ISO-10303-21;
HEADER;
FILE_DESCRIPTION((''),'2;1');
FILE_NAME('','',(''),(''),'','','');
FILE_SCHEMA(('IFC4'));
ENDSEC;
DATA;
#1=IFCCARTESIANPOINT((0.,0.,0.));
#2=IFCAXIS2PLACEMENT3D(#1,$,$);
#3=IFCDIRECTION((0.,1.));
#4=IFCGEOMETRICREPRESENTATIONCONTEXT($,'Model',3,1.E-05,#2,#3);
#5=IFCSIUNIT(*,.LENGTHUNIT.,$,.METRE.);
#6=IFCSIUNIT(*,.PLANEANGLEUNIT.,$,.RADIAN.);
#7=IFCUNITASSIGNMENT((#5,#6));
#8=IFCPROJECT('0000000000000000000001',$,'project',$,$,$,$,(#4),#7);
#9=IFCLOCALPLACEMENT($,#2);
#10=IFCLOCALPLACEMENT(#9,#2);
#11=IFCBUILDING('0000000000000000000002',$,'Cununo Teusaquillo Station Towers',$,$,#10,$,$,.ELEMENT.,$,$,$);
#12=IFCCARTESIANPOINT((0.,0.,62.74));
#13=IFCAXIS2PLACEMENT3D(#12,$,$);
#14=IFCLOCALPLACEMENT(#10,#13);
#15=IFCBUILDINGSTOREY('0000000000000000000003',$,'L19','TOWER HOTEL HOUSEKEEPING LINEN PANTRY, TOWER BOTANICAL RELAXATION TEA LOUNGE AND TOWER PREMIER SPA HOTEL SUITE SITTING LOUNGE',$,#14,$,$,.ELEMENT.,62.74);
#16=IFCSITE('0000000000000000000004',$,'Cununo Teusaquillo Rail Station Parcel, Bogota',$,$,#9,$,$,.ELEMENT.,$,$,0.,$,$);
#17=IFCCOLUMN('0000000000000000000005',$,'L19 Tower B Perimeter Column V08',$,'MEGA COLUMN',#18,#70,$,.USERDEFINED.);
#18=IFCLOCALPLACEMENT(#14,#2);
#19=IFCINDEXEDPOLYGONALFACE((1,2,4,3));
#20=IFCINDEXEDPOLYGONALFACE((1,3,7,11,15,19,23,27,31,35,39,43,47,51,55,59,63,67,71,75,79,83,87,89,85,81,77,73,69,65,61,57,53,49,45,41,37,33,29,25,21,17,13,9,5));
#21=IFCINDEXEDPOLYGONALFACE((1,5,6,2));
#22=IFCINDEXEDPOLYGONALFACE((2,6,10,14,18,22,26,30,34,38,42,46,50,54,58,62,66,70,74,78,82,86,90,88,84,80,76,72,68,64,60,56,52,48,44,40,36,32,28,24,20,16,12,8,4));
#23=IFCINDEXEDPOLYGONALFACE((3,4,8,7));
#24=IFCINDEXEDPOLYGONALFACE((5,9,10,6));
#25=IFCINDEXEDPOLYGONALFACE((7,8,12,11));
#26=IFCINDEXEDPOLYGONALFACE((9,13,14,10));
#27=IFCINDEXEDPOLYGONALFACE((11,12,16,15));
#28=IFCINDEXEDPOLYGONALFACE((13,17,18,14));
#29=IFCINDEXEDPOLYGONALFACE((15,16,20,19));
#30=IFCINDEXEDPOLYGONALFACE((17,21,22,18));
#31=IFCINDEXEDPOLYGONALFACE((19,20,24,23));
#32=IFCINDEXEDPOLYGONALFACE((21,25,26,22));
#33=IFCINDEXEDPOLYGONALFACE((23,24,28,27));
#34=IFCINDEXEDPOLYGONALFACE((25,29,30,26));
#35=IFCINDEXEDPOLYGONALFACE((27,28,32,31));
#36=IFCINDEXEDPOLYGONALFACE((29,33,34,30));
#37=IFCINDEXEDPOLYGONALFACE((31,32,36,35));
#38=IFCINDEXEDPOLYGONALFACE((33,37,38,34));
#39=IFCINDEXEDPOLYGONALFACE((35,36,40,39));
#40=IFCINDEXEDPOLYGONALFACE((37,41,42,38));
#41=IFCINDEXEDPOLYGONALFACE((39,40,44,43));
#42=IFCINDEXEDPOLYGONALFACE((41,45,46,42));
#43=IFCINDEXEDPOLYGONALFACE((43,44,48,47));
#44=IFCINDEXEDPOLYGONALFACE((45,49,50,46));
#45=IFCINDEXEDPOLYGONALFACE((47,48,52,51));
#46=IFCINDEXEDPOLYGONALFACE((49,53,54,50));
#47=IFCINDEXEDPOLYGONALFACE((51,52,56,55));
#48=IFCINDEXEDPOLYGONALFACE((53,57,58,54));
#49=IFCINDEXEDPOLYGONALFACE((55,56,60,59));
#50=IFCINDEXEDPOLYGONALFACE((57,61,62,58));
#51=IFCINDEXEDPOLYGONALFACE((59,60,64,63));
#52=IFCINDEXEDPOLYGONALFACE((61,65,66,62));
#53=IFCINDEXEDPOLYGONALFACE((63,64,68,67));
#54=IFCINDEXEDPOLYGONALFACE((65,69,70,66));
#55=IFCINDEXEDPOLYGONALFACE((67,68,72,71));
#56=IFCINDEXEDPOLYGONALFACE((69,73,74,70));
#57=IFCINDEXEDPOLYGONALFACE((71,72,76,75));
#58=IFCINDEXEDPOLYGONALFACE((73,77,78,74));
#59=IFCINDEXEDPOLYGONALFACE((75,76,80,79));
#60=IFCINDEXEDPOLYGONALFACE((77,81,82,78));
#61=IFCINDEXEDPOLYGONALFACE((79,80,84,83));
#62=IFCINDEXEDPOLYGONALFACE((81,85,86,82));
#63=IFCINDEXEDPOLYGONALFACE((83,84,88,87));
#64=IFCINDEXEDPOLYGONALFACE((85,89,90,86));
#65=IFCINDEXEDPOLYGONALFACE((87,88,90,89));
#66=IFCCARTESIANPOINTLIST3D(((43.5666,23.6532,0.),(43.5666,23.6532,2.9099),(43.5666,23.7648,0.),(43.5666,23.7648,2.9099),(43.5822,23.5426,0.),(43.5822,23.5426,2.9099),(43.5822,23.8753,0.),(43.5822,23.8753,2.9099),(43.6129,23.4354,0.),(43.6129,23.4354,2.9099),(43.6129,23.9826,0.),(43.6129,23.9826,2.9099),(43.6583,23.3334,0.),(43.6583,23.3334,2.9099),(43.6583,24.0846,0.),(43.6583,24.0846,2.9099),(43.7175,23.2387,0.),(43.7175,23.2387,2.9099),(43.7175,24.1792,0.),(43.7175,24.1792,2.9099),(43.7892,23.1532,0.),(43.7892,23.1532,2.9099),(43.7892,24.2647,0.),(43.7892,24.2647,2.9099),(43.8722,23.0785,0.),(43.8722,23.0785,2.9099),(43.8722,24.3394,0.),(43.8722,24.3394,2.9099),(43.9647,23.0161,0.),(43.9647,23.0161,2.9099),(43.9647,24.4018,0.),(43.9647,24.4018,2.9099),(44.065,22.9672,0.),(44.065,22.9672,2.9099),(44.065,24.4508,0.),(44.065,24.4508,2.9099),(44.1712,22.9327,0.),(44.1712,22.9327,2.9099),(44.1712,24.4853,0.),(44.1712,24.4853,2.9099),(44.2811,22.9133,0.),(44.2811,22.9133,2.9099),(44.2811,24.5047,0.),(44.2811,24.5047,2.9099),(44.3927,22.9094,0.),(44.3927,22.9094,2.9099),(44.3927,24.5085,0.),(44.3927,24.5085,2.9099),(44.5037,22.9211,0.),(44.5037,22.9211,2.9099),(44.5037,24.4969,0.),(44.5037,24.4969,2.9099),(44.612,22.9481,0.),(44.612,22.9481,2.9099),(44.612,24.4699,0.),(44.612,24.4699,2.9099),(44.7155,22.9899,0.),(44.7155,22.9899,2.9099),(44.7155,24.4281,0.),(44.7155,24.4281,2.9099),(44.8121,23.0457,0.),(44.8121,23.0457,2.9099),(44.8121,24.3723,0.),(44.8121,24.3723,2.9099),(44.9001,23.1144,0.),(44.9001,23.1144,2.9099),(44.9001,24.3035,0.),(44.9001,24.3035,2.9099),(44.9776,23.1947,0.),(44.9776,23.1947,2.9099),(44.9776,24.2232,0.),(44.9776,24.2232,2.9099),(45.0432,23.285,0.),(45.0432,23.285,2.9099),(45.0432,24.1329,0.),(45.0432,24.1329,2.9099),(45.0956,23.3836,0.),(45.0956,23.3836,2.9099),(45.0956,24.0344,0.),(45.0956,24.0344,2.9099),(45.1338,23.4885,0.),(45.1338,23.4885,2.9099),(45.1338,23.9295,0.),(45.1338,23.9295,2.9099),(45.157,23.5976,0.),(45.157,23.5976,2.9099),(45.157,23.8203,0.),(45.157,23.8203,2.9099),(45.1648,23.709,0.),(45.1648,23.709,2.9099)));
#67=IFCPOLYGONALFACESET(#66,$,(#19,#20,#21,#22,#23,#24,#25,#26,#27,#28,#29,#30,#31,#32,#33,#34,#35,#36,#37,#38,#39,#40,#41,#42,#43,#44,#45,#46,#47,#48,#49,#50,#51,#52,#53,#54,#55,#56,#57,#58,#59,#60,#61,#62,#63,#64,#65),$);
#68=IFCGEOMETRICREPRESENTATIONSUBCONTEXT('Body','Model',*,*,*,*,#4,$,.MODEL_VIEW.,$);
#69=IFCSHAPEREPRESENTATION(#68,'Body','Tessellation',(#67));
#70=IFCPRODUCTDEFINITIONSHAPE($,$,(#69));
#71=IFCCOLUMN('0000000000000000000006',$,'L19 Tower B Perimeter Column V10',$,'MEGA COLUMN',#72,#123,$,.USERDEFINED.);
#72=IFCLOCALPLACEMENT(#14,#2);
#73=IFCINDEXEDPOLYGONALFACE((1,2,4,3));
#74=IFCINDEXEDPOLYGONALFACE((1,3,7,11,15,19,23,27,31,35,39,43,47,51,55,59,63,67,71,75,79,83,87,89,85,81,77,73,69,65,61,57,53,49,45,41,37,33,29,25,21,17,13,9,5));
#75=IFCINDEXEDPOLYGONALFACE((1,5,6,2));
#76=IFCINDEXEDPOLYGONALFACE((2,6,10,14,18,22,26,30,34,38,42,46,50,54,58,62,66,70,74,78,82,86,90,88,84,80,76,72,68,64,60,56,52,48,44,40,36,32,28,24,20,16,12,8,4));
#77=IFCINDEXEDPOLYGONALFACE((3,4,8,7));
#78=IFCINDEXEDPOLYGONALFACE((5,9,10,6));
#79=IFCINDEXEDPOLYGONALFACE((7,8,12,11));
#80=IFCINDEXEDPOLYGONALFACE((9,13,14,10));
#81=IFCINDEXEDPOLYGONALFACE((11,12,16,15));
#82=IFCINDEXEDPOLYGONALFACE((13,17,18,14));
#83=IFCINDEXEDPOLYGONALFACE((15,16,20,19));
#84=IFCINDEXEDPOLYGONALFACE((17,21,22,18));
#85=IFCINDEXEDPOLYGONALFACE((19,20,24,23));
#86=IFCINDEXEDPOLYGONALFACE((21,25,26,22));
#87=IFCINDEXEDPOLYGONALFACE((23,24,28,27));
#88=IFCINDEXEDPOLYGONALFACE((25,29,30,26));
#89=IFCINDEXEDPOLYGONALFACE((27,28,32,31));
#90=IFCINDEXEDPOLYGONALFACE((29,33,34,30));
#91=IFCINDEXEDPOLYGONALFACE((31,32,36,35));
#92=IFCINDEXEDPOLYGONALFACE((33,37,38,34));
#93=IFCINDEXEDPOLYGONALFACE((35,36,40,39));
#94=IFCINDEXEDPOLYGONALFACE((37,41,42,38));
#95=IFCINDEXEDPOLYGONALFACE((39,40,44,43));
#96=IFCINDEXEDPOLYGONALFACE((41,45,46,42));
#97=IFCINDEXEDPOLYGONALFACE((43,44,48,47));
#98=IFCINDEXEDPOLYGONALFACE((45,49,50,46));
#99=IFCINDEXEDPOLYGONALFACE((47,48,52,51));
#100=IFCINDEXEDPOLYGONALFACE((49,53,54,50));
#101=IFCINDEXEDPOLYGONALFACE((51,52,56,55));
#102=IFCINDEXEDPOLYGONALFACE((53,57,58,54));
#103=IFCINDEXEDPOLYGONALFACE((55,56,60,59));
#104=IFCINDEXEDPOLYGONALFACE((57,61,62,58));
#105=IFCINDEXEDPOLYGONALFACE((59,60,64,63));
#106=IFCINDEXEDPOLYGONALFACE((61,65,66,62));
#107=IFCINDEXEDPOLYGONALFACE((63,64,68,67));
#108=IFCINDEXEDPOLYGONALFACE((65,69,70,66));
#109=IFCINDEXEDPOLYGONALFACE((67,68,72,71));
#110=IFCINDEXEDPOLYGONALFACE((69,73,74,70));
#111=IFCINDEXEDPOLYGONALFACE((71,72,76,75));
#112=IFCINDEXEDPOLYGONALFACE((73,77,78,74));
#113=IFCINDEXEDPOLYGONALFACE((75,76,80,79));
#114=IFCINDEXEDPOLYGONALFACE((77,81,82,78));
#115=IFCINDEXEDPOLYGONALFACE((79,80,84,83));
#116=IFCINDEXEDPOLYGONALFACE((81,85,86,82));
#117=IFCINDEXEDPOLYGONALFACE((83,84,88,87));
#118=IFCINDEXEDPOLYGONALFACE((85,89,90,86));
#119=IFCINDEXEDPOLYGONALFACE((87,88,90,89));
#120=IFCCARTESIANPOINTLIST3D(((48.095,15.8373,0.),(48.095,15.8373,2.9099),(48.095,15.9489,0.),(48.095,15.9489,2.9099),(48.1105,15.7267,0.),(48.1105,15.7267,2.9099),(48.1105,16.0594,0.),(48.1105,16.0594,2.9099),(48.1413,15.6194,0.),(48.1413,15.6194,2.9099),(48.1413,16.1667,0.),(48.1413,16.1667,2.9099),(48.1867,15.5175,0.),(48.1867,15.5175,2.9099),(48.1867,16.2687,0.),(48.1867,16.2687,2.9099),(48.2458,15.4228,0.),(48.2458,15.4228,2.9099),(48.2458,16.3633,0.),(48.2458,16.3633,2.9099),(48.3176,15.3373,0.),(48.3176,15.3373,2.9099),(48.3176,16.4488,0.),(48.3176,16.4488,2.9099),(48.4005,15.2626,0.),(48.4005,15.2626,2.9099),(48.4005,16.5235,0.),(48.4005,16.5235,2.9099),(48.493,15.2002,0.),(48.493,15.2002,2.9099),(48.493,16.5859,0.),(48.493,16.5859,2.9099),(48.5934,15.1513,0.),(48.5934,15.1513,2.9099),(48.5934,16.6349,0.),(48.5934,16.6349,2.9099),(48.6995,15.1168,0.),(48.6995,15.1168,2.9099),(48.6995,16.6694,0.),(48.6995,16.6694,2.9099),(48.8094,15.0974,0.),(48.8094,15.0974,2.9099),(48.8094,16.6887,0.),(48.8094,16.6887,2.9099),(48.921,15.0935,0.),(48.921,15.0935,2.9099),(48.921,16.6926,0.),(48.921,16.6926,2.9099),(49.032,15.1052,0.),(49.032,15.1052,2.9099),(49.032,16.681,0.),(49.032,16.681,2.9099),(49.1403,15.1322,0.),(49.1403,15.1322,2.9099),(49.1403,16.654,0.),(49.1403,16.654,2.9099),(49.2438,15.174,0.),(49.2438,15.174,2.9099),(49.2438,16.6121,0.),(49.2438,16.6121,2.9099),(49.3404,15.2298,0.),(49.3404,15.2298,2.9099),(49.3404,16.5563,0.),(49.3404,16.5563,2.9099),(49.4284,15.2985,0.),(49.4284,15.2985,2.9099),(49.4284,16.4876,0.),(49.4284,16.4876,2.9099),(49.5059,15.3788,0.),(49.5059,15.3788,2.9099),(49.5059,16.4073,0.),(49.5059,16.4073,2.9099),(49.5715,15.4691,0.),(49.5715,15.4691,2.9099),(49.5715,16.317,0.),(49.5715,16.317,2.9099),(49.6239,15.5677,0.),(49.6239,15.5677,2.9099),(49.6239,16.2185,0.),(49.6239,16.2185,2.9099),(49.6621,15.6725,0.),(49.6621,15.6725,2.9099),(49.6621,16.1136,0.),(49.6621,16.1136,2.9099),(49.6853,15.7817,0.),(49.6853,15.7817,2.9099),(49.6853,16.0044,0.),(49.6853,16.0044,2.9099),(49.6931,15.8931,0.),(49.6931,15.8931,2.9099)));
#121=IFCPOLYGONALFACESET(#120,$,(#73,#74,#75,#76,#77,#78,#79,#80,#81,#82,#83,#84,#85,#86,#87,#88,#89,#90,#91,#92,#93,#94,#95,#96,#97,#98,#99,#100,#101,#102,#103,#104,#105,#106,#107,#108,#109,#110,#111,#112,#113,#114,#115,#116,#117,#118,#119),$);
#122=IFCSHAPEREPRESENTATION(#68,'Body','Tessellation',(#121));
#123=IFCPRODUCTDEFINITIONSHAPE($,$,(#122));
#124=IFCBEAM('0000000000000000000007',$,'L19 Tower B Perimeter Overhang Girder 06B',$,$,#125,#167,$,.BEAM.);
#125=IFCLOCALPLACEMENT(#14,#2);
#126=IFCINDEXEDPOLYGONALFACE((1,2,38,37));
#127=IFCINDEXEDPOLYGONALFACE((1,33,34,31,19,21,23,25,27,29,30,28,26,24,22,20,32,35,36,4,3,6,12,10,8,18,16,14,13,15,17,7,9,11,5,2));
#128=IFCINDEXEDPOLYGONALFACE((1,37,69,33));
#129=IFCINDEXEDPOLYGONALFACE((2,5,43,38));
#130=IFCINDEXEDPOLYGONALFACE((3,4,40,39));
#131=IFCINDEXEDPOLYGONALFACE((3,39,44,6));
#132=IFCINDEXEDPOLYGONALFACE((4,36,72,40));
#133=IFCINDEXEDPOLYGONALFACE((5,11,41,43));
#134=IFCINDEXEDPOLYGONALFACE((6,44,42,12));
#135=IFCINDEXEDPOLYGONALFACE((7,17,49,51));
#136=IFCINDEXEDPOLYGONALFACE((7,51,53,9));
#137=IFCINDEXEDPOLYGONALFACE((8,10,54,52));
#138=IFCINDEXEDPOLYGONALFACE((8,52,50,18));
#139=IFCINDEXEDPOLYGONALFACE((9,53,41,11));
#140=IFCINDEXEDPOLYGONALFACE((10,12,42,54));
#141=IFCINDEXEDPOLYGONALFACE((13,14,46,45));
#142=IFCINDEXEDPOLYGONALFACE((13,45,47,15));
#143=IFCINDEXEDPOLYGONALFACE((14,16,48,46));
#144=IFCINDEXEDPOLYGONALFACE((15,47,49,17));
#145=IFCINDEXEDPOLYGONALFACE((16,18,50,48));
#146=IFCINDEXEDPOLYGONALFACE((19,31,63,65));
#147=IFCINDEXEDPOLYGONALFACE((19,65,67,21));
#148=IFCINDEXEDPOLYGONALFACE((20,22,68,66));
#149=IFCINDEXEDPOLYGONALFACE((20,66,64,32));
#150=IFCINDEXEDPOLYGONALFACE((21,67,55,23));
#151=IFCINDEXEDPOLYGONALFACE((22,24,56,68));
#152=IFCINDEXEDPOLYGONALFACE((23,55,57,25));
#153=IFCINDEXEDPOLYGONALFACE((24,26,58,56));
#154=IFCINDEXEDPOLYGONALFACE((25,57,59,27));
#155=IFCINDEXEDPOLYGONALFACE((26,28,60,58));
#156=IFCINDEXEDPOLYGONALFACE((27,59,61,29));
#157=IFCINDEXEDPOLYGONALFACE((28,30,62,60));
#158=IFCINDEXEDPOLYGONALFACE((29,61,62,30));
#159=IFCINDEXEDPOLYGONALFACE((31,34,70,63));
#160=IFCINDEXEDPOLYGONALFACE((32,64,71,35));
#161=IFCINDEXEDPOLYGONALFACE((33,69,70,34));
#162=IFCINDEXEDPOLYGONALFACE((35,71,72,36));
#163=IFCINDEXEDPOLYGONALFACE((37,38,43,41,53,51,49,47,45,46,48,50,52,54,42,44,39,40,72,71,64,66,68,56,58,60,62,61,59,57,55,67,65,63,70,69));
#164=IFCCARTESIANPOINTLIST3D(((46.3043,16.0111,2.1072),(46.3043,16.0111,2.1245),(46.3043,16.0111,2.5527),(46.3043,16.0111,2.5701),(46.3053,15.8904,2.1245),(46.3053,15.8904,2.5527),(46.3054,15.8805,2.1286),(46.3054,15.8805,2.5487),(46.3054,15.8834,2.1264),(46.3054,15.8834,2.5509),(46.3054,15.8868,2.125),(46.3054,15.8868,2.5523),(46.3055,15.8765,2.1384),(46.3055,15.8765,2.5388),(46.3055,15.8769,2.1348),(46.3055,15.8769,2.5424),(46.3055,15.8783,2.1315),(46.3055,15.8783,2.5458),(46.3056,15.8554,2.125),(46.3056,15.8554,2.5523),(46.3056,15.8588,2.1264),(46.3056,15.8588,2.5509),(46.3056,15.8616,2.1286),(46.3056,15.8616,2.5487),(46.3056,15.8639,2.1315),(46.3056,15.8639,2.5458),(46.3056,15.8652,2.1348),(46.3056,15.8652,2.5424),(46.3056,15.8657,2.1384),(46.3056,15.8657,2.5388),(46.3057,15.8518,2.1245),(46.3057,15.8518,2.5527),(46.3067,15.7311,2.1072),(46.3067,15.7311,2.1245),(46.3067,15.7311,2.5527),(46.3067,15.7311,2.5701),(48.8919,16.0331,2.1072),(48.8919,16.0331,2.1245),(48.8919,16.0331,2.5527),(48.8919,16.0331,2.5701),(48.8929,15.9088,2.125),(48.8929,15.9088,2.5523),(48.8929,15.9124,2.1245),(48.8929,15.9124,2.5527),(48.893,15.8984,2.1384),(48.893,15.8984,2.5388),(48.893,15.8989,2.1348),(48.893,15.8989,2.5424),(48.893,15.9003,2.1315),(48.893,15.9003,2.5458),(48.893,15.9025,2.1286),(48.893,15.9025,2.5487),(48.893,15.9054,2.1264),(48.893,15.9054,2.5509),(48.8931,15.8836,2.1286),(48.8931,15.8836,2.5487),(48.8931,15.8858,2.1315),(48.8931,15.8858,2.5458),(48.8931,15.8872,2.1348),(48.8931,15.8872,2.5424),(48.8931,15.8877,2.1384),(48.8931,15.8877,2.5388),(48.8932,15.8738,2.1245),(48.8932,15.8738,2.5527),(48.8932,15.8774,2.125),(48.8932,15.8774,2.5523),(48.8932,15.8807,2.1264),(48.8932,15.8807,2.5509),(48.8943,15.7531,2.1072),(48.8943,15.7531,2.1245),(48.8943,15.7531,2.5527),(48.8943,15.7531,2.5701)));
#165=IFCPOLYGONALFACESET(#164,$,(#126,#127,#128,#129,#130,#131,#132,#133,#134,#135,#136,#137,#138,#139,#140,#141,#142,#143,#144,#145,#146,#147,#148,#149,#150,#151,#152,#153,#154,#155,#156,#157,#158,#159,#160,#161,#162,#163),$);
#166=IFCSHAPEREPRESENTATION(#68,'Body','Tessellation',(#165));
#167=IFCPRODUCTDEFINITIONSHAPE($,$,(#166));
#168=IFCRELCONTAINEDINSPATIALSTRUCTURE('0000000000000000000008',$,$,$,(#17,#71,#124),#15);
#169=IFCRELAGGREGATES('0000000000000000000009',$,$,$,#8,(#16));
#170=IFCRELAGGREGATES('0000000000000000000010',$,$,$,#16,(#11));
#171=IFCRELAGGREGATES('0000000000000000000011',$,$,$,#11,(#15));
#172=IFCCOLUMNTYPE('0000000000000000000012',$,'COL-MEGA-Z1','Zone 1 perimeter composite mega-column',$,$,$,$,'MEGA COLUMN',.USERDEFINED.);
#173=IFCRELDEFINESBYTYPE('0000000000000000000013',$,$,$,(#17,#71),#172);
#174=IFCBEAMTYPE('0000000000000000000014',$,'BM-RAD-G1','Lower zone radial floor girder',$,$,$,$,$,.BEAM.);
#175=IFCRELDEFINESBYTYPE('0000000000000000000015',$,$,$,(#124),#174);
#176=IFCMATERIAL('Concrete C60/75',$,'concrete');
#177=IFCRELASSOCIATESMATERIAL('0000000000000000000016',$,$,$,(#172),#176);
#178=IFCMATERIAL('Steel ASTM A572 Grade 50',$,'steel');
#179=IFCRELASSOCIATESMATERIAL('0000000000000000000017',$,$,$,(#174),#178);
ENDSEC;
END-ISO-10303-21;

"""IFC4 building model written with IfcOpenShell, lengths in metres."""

from ifc_helpers import new_model, si_unit, direction, frame, origin, origin_2d, place, context, subcontext, project, spatial, circle, i_section, extrude, material, material_profile, profile_set, type_object, element, save


model = new_model("IFC4")

# Units and contexts
model_context = context("Model", 3, precision=1e-05, world=origin(), true_north=direction((0.0, 1.0)))
body_context = subcontext(model_context, "Body", "Model", "MODEL_VIEW")
ifc_project = project(units=[si_unit("LENGTHUNIT", "METRE"), si_unit("PLANEANGLEUNIT", "RADIAN")], contexts=[model_context])

# Site, building, storey
site_placement = place(None, origin())
site = spatial("IfcSite", under=ifc_project, at=site_placement, Name="Cununo Teusaquillo Rail Station Parcel, Bogota", CompositionType="ELEMENT", RefElevation=0.0)
building_placement = place(site_placement, origin())
building = spatial("IfcBuilding", under=site, at=building_placement, Name="Cununo Teusaquillo Station Towers", CompositionType="ELEMENT")
storey_placement = place(building_placement, frame((0.0, 0.0, 62.74)))
storey = spatial("IfcBuildingStorey", under=building, at=storey_placement, Name="L19", Description="TOWER HOTEL HOUSEKEEPING LINEN PANTRY, TOWER BOTANICAL RELAXATION TEA LOUNGE AND TOWER PREMIER SPA HOTEL SUITE SITTING LOUNGE", CompositionType="ELEMENT", Elevation=62.74)

# Columns
ifc_material_1 = material(Name="Concrete C60/75", Category="concrete")
ifc_material_profile_1 = material_profile(ifc_material_1, circle(Radius=0.8, at=origin_2d()), Name="RC-CIRC-1600")
ifc_profile_set_1 = profile_set([ifc_material_profile_1], Name="Concrete C60/75")
column_type = type_object("IfcColumnType", Name="COL-MEGA-Z1", Description="Zone 1 perimeter composite mega-column", ElementType="MEGA COLUMN", PredefinedType="USERDEFINED", material=ifc_profile_set_1)
for number, where, z_axis, x_axis, name in (
    (1, (44.3647, 23.709, 0.0), (0.0, 0.0, 1.0), (1.0, 0.0, 0.0), "L19 Tower B Perimeter Column V08"),
    (2, (48.8931, 15.8931, 0.0), (0.0, 0.0, 1.0), (1.0, 0.0, 0.0), "L19 Tower B Perimeter Column V10"),
):
    element("IfcColumn", number, at=place(storey_placement, frame(where, z_axis=z_axis, x_axis=x_axis)), inside=storey, type_object=column_type, Name=name, ObjectType="MEGA COLUMN", PredefinedType="USERDEFINED", context=body_context, shape_type="SweptSolid", body=[
        extrude(circle(Radius=0.8, at=origin_2d()), origin(), (0.0, 0.0, 1.0), 2.9099),
    ])

# Beam
ifc_material_2 = material(Name="Steel ASTM A572 Grade 50", Category="steel")
ifc_material_profile_2 = material_profile(ifc_material_2, i_section(OverallWidth=0.28, OverallDepth=0.4629, WebThickness=0.0107, FlangeThickness=0.0173, FilletRadius=0.0139, at=origin_2d()), Name="W18X76")
ifc_profile_set_2 = profile_set([ifc_material_profile_2], Name="Steel ASTM A572 Grade 50")
beam_type_1 = type_object("IfcBeamType", Name="BM-RAD-G1", Description="Lower zone radial floor girder", PredefinedType="BEAM", material=ifc_profile_set_2)
beam_1_placement = place(storey_placement, frame((48.8931, 15.8931, 2.3386), z_axis=(-0.999964, -0.008491, 0.0), x_axis=(0.008491, -0.999964, 0.0)))
element("IfcBeam", 3, at=beam_1_placement, inside=storey, type_object=beam_type_1, Name="L19 Tower B Perimeter Overhang Girder 06B", PredefinedType="BEAM", context=body_context, shape_type="SweptSolid", body=[
    extrude(i_section(OverallWidth=0.28, OverallDepth=0.4629, WebThickness=0.0107, FlangeThickness=0.0173, FilletRadius=0.0139, at=origin_2d()), origin(), (0.0, 0.0, 1.0), 2.5876),
])

save(model, "model.ifc")
